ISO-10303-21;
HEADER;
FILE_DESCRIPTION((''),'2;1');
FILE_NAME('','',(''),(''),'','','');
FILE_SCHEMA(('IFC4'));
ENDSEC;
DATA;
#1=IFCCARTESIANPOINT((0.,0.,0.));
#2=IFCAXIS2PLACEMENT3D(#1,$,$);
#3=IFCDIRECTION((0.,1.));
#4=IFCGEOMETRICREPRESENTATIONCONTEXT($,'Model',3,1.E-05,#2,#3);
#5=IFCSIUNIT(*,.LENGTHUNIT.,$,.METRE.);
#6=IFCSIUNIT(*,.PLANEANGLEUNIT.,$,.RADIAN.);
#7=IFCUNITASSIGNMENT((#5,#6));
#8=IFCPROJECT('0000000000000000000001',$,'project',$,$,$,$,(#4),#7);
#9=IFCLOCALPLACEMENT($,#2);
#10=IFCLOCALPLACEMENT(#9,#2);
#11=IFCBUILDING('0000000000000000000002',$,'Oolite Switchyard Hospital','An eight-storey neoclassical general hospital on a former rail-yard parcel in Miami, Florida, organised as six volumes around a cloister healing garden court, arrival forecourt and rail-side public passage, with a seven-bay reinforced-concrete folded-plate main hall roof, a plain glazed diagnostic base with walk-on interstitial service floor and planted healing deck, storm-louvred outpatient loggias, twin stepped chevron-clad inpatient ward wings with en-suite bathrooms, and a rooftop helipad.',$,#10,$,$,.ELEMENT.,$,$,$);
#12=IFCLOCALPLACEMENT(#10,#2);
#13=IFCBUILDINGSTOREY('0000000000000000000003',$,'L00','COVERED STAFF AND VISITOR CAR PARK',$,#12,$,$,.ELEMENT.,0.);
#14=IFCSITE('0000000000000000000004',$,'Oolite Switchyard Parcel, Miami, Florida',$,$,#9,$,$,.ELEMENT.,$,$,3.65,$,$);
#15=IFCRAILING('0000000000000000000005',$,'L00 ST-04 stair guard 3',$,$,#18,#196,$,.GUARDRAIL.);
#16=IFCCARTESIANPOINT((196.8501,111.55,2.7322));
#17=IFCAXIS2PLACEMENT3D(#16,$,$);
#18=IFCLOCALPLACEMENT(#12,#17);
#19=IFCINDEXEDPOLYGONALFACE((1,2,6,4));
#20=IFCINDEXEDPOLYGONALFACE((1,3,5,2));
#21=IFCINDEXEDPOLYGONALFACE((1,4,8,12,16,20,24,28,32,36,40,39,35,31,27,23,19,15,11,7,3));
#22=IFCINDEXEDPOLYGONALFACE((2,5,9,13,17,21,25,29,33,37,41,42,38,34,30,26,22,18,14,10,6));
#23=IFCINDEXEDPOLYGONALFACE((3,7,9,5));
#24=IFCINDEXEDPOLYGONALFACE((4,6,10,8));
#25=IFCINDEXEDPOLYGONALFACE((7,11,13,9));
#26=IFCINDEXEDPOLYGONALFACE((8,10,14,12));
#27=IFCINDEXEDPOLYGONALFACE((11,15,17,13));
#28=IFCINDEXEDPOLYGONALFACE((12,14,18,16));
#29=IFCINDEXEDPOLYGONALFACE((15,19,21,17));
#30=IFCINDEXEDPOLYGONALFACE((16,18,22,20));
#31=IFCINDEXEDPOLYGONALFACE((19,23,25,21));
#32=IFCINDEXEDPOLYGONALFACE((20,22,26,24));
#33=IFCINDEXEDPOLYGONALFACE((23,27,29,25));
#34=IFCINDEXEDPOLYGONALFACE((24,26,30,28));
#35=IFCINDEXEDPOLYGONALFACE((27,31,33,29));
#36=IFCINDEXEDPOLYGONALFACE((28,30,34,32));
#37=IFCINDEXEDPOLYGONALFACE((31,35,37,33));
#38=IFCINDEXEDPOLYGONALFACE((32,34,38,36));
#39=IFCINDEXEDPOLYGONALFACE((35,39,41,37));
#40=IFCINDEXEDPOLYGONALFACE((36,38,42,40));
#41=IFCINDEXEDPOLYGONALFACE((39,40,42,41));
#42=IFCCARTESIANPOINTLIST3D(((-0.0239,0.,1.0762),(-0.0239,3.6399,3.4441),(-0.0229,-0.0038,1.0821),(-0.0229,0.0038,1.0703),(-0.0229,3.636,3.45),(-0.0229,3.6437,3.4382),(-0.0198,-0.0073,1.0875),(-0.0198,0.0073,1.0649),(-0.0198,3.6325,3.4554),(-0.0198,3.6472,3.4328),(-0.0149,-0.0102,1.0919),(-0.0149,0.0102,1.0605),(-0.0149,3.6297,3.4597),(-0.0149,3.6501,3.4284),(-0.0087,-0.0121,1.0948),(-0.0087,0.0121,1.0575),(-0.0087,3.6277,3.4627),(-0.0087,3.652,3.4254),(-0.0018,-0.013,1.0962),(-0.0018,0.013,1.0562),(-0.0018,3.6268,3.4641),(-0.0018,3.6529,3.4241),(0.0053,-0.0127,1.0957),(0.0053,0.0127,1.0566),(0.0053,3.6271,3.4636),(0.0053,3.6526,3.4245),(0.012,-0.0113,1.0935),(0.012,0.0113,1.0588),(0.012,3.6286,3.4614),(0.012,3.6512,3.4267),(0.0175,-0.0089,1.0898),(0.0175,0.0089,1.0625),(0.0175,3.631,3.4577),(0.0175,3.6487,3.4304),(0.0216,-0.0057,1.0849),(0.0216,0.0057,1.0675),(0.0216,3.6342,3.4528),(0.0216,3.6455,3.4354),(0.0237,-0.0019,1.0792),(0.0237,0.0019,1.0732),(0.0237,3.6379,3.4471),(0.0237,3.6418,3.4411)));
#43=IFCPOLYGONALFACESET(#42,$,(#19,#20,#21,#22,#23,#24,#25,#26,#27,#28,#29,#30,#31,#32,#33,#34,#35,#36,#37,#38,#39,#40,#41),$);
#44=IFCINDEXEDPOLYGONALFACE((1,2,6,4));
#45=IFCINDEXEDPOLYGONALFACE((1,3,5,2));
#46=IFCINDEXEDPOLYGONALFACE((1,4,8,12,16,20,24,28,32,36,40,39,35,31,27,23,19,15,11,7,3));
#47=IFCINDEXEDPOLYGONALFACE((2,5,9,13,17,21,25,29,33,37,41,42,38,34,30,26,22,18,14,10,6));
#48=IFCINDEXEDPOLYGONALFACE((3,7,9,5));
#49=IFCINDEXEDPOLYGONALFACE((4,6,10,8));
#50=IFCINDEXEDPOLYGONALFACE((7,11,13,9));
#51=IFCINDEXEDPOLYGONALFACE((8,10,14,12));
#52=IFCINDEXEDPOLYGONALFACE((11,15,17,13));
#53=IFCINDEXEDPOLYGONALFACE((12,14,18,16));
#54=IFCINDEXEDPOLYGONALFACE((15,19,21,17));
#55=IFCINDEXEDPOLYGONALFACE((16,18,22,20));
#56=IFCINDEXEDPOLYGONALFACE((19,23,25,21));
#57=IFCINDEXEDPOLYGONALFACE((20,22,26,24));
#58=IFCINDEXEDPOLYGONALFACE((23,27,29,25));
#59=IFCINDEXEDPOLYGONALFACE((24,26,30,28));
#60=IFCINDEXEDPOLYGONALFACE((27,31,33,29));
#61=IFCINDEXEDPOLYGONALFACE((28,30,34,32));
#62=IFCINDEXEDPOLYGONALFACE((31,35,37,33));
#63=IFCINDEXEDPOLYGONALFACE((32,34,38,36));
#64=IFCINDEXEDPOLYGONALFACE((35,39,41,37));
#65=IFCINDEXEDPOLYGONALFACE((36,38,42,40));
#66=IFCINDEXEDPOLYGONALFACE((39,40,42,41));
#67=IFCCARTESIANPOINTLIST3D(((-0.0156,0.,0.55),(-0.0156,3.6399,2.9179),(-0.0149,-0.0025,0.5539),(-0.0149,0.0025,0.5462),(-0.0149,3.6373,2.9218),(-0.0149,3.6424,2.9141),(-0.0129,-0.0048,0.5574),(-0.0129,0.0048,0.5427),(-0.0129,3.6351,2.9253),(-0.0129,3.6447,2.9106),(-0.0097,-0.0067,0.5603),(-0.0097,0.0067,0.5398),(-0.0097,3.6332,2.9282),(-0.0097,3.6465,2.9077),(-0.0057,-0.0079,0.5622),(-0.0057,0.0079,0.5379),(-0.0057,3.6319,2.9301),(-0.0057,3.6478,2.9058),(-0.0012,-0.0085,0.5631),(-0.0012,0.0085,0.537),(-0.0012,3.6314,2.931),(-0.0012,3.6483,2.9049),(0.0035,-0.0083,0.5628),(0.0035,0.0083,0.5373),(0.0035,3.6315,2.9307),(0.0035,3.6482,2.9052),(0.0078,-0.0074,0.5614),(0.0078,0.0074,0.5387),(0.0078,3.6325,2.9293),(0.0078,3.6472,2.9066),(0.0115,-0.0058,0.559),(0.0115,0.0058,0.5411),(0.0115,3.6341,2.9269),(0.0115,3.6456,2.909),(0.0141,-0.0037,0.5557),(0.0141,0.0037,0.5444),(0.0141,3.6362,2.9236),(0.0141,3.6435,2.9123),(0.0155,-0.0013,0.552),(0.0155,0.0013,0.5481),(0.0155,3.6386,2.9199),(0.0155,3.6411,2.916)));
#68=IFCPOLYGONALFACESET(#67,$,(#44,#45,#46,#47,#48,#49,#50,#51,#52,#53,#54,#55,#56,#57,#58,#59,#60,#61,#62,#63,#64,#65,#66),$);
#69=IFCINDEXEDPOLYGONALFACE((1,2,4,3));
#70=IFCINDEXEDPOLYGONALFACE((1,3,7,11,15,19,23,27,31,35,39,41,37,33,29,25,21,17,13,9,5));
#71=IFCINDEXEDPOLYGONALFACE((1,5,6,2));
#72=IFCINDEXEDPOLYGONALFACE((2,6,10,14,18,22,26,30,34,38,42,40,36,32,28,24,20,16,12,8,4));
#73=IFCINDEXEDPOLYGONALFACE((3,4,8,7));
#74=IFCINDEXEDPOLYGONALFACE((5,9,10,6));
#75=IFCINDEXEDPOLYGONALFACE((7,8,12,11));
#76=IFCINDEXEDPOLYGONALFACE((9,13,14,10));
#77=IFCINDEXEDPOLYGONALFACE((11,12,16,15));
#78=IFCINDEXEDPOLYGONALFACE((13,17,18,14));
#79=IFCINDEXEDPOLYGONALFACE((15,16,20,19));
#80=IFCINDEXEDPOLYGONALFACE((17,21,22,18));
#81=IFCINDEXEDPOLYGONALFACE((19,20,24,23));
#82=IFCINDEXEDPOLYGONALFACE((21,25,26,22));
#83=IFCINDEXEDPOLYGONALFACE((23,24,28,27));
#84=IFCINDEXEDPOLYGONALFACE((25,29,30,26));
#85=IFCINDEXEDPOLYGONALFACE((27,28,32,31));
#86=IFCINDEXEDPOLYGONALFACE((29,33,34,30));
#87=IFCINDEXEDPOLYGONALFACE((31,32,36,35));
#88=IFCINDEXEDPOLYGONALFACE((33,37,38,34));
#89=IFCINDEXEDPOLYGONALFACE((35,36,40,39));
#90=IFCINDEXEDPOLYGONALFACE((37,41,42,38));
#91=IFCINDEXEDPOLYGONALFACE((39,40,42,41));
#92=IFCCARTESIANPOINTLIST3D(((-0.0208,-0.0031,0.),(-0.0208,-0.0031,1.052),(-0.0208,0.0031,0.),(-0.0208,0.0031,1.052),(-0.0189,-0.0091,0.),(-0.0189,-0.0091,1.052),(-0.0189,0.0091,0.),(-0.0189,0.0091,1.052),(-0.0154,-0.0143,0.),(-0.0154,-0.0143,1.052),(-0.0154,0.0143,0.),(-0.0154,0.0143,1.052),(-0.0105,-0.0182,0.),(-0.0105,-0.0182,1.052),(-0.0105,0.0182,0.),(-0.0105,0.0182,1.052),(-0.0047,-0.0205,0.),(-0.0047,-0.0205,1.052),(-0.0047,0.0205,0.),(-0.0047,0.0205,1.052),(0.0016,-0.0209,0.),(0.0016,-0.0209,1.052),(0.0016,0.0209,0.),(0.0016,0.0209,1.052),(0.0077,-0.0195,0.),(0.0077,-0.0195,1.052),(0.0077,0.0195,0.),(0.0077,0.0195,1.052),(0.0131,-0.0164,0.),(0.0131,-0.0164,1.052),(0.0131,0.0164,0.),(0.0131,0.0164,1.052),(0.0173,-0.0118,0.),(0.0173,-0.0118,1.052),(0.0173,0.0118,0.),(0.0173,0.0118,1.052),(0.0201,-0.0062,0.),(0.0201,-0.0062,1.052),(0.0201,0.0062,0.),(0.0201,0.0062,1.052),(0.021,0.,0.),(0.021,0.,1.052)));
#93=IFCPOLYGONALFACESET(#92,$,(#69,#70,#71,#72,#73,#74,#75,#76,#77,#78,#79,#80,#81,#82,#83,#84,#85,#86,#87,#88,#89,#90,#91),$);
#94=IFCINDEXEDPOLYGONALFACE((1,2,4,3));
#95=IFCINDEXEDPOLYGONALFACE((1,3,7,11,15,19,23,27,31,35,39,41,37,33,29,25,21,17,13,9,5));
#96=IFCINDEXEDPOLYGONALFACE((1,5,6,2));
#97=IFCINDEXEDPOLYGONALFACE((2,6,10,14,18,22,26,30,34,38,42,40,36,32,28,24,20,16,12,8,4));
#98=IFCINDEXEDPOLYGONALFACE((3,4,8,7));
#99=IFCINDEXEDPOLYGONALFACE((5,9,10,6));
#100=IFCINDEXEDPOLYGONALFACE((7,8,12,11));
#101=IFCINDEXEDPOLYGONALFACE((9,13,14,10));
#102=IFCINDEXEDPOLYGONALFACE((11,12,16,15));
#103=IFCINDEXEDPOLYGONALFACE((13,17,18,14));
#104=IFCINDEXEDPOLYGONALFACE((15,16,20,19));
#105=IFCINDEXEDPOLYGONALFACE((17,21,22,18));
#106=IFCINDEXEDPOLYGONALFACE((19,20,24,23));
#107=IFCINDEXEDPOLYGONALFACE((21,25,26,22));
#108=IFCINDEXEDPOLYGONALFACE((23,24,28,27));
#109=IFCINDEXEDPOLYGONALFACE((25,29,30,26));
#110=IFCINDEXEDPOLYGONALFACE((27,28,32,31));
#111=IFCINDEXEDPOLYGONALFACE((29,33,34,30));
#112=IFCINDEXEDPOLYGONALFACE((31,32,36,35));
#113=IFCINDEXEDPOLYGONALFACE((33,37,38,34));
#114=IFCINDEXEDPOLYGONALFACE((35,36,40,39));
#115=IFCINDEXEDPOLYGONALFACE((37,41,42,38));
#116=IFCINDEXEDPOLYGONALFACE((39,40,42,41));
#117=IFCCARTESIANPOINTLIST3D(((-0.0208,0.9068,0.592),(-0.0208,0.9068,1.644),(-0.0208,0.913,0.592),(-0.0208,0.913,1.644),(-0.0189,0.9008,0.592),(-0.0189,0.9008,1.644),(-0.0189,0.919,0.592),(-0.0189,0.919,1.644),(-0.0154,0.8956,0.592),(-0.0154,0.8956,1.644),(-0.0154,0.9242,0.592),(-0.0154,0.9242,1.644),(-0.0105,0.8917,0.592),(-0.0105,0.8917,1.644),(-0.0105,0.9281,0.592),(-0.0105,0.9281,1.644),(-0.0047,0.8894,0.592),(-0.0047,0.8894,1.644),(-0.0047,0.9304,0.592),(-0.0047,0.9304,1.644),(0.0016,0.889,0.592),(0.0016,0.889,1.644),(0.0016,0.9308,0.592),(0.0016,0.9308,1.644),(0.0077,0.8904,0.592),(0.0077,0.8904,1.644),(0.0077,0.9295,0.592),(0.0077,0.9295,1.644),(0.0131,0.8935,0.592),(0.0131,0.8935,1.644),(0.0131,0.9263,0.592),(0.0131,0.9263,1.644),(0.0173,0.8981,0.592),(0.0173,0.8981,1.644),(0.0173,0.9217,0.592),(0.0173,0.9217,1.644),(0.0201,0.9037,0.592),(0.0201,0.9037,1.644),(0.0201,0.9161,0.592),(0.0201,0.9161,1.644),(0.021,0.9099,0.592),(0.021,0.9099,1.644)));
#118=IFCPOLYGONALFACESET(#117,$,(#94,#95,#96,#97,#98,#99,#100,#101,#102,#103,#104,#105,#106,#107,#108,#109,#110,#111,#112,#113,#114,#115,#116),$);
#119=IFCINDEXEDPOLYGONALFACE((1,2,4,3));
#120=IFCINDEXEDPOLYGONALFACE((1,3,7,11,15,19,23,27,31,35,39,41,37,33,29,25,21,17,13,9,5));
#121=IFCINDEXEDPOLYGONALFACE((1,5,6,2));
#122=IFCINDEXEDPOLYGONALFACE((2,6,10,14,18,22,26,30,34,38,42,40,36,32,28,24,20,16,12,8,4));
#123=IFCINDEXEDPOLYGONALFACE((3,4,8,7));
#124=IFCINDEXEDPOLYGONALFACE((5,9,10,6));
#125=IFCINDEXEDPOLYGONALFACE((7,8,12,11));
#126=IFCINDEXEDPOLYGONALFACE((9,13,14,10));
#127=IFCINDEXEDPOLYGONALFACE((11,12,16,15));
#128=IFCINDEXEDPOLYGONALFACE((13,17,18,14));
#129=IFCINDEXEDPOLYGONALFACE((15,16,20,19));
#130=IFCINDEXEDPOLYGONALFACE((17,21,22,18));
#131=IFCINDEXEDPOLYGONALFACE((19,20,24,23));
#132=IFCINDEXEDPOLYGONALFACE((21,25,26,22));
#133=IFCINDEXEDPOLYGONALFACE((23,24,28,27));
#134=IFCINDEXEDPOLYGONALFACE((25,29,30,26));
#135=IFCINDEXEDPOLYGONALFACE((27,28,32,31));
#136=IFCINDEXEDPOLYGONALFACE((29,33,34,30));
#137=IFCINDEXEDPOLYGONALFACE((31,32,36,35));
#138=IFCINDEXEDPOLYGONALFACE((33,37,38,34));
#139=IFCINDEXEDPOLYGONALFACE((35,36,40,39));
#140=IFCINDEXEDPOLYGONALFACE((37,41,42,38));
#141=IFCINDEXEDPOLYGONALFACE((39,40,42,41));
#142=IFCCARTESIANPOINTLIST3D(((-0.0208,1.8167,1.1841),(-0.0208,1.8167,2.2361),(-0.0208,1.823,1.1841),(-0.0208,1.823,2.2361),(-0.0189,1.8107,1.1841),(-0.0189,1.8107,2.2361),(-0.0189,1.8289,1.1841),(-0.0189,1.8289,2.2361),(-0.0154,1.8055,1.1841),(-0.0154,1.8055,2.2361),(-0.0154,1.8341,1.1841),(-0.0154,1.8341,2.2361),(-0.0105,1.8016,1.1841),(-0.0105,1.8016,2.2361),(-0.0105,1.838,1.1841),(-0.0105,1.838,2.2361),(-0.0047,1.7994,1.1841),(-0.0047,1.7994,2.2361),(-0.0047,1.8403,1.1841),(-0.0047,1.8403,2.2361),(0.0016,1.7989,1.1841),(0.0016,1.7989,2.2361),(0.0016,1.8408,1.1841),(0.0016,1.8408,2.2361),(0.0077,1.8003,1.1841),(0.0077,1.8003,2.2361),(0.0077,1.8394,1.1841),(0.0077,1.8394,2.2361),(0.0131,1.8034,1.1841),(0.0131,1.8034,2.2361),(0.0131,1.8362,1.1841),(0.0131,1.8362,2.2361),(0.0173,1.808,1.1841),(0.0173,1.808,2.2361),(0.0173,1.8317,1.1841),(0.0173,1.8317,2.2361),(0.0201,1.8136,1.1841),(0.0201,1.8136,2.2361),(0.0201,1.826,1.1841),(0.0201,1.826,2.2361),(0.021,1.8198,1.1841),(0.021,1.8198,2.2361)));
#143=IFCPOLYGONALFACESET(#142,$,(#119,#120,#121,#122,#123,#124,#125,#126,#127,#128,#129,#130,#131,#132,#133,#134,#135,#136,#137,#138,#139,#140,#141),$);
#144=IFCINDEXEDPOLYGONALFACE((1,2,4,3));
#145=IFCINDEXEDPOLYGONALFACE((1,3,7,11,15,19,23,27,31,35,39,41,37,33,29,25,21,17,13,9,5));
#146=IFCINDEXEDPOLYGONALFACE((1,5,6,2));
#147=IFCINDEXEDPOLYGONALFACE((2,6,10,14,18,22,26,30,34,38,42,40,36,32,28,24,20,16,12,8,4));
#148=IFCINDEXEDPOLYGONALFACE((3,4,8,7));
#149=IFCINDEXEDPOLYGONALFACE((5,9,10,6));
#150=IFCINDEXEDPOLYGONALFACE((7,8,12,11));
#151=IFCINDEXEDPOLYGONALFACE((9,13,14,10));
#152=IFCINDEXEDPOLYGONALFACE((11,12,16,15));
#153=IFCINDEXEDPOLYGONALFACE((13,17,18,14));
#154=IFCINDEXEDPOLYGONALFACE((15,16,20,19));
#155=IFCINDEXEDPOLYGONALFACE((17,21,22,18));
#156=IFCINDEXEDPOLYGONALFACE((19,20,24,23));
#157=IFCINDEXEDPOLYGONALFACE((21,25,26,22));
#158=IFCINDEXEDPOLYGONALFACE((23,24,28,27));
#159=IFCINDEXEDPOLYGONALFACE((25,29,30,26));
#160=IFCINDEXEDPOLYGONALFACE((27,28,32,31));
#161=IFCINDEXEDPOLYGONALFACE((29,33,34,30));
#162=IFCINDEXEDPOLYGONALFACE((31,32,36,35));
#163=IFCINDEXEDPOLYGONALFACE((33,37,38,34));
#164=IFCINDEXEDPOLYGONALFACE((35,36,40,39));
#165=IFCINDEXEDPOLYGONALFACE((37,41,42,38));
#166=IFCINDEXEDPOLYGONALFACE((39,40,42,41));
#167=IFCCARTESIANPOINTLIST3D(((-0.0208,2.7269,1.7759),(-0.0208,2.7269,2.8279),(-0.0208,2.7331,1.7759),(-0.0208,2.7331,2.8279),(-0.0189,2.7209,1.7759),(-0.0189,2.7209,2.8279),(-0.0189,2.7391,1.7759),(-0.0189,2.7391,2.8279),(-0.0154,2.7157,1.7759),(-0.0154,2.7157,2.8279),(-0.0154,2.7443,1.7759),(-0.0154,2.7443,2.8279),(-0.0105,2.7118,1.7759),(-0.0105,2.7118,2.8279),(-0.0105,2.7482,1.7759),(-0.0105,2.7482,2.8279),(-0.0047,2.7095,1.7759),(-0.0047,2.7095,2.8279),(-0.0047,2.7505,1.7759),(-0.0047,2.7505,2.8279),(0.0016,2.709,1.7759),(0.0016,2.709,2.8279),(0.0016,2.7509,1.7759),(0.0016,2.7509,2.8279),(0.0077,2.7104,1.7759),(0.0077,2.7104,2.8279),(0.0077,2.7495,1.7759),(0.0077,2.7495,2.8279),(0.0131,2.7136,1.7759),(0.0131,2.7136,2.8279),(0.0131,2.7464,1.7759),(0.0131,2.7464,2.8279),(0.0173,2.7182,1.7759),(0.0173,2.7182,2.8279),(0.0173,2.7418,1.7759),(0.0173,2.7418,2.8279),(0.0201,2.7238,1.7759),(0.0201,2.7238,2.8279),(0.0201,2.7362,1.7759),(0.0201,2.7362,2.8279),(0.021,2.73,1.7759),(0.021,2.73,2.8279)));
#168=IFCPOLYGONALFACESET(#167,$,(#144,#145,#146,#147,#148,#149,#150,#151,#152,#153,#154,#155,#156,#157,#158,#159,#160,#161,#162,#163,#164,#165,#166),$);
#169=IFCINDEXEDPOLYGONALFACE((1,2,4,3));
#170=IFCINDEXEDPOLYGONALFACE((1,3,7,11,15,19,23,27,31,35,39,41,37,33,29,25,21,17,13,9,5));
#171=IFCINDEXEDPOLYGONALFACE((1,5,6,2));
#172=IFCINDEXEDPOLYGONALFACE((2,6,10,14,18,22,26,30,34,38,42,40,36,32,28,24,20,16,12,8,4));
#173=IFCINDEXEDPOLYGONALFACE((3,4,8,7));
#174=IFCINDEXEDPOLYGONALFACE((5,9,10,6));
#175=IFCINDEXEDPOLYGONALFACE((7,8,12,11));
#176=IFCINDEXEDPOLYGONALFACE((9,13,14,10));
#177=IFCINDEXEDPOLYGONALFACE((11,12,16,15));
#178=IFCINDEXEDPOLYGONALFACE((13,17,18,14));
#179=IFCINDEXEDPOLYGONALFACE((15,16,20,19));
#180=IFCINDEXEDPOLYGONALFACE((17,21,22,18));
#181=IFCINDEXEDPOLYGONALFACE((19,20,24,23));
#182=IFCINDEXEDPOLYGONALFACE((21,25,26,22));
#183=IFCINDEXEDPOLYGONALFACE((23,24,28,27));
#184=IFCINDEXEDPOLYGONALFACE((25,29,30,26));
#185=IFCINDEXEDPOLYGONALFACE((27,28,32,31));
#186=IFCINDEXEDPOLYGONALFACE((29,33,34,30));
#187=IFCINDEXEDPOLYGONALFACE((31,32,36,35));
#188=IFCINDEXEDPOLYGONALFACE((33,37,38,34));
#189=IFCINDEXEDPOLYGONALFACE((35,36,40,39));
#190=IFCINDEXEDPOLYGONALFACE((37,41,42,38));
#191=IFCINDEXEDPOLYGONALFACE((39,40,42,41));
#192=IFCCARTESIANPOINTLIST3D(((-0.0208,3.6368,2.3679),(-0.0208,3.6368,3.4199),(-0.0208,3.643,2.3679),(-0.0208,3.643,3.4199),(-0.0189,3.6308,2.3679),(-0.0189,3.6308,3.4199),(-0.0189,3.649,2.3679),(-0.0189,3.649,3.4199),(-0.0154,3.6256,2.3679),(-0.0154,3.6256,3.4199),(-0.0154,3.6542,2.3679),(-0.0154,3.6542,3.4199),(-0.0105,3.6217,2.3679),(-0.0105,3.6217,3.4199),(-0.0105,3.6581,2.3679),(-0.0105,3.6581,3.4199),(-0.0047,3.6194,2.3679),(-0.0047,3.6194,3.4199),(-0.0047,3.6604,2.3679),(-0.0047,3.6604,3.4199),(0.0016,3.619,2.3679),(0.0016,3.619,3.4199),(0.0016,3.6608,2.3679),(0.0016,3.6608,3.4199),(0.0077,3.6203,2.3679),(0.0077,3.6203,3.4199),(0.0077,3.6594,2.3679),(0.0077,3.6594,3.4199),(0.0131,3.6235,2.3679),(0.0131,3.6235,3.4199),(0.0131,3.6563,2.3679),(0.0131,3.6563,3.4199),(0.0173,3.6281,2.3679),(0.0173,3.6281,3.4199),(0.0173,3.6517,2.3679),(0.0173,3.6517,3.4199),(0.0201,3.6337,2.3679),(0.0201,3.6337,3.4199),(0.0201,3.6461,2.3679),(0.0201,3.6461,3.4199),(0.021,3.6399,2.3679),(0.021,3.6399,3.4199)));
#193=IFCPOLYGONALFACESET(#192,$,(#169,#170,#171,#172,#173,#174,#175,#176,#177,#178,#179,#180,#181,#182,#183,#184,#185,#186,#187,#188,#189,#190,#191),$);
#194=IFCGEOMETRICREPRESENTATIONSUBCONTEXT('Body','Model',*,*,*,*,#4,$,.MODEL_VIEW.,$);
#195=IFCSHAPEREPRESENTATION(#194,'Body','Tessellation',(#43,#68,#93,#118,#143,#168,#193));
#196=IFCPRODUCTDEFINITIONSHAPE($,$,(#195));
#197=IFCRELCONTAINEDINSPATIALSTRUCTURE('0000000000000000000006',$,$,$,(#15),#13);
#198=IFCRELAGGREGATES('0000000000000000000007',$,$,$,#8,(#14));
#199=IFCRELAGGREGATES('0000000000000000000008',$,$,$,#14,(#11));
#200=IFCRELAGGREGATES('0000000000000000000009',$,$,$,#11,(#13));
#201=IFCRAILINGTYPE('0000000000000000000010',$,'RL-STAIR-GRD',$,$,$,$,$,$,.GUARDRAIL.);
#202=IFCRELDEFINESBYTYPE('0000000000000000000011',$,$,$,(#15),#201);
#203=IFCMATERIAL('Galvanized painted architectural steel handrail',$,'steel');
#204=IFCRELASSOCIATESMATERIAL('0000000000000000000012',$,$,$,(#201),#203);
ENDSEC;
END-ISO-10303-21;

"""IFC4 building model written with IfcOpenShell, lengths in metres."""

from ifc_helpers import new_model, si_unit, direction, frame, origin, origin_2d, place, context, subcontext, project, spatial, circle, extrude, material, type_object, element, save


model = new_model("IFC4")

# Units and contexts
model_context = context("Model", 3, precision=1e-05, world=origin(), true_north=direction((0.0, 1.0)))
body_context = subcontext(model_context, "Body", "Model", "MODEL_VIEW")
ifc_project = project(units=[si_unit("LENGTHUNIT", "METRE"), si_unit("PLANEANGLEUNIT", "RADIAN")], contexts=[model_context])

# Site, building, storey
site_placement = place(None, origin())
site = spatial("IfcSite", under=ifc_project, at=site_placement, Name="Oolite Switchyard Parcel, Miami, Florida", CompositionType="ELEMENT", RefElevation=3.65)
building_placement = place(site_placement, origin())
building = spatial("IfcBuilding", under=site, at=building_placement, Name="Oolite Switchyard Hospital", Description="An eight-storey neoclassical general hospital on a former rail-yard parcel in Miami, Florida, organised as six volumes around a cloister healing garden court, arrival forecourt and rail-side public passage, with a seven-bay reinforced-concrete folded-plate main hall roof, a plain glazed diagnostic base with walk-on interstitial service floor and planted healing deck, storm-louvred outpatient loggias, twin stepped chevron-clad inpatient ward wings with en-suite bathrooms, and a rooftop helipad.", CompositionType="ELEMENT")
storey_placement = place(building_placement, origin())
storey = spatial("IfcBuildingStorey", under=building, at=storey_placement, Name="L00", Description="COVERED STAFF AND VISITOR CAR PARK", CompositionType="ELEMENT", Elevation=0.0)

# Railing
ifc_material_1 = material(Name="Galvanized painted architectural steel handrail", Category="steel")
railing_type_1 = type_object("IfcRailingType", Name="RL-STAIR-GRD", PredefinedType="GUARDRAIL", material=ifc_material_1)
railing_1_placement = place(storey_placement, frame((196.8501, 111.55, 2.7322)))
element("IfcRailing", 1, at=railing_1_placement, inside=storey, type_object=railing_type_1, Name="L00 ST-04 stair guard 3", PredefinedType="GUARDRAIL", context=body_context, shape_type="SweptSolid", body=[
    extrude(circle(Radius=0.0239, at=origin_2d()), frame((0.0, 0.0, 1.0762), z_axis=(0.0, 0.838234, 0.54531), x_axis=(-1.0, 0.0, 0.0)), (0.0, 0.0, 1.0), 4.3423),
    extrude(circle(Radius=0.0156, at=origin_2d()), frame((0.0, 0.0, 0.55), z_axis=(0.0, 0.838234, 0.54531), x_axis=(-1.0, 0.0, 0.0)), (0.0, 0.0, 1.0), 4.3423),
    extrude(circle(Radius=0.021, at=origin_2d()), origin(), (0.0, 0.0, 1.0), 1.052),
    extrude(circle(Radius=0.021, at=origin_2d()), frame((0.0, 0.9099, 0.592)), (0.0, 0.0, 1.0), 1.052),
    extrude(circle(Radius=0.021, at=origin_2d()), frame((0.0, 1.8198, 1.1841)), (0.0, 0.0, 1.0), 1.052),
    extrude(circle(Radius=0.021, at=origin_2d()), frame((0.0, 2.73, 1.7759)), (0.0, 0.0, 1.0), 1.052),
    extrude(circle(Radius=0.021, at=origin_2d()), frame((0.0, 3.6399, 2.3679)), (0.0, 0.0, 1.0), 1.052),
])

save(model, "model.ifc")
